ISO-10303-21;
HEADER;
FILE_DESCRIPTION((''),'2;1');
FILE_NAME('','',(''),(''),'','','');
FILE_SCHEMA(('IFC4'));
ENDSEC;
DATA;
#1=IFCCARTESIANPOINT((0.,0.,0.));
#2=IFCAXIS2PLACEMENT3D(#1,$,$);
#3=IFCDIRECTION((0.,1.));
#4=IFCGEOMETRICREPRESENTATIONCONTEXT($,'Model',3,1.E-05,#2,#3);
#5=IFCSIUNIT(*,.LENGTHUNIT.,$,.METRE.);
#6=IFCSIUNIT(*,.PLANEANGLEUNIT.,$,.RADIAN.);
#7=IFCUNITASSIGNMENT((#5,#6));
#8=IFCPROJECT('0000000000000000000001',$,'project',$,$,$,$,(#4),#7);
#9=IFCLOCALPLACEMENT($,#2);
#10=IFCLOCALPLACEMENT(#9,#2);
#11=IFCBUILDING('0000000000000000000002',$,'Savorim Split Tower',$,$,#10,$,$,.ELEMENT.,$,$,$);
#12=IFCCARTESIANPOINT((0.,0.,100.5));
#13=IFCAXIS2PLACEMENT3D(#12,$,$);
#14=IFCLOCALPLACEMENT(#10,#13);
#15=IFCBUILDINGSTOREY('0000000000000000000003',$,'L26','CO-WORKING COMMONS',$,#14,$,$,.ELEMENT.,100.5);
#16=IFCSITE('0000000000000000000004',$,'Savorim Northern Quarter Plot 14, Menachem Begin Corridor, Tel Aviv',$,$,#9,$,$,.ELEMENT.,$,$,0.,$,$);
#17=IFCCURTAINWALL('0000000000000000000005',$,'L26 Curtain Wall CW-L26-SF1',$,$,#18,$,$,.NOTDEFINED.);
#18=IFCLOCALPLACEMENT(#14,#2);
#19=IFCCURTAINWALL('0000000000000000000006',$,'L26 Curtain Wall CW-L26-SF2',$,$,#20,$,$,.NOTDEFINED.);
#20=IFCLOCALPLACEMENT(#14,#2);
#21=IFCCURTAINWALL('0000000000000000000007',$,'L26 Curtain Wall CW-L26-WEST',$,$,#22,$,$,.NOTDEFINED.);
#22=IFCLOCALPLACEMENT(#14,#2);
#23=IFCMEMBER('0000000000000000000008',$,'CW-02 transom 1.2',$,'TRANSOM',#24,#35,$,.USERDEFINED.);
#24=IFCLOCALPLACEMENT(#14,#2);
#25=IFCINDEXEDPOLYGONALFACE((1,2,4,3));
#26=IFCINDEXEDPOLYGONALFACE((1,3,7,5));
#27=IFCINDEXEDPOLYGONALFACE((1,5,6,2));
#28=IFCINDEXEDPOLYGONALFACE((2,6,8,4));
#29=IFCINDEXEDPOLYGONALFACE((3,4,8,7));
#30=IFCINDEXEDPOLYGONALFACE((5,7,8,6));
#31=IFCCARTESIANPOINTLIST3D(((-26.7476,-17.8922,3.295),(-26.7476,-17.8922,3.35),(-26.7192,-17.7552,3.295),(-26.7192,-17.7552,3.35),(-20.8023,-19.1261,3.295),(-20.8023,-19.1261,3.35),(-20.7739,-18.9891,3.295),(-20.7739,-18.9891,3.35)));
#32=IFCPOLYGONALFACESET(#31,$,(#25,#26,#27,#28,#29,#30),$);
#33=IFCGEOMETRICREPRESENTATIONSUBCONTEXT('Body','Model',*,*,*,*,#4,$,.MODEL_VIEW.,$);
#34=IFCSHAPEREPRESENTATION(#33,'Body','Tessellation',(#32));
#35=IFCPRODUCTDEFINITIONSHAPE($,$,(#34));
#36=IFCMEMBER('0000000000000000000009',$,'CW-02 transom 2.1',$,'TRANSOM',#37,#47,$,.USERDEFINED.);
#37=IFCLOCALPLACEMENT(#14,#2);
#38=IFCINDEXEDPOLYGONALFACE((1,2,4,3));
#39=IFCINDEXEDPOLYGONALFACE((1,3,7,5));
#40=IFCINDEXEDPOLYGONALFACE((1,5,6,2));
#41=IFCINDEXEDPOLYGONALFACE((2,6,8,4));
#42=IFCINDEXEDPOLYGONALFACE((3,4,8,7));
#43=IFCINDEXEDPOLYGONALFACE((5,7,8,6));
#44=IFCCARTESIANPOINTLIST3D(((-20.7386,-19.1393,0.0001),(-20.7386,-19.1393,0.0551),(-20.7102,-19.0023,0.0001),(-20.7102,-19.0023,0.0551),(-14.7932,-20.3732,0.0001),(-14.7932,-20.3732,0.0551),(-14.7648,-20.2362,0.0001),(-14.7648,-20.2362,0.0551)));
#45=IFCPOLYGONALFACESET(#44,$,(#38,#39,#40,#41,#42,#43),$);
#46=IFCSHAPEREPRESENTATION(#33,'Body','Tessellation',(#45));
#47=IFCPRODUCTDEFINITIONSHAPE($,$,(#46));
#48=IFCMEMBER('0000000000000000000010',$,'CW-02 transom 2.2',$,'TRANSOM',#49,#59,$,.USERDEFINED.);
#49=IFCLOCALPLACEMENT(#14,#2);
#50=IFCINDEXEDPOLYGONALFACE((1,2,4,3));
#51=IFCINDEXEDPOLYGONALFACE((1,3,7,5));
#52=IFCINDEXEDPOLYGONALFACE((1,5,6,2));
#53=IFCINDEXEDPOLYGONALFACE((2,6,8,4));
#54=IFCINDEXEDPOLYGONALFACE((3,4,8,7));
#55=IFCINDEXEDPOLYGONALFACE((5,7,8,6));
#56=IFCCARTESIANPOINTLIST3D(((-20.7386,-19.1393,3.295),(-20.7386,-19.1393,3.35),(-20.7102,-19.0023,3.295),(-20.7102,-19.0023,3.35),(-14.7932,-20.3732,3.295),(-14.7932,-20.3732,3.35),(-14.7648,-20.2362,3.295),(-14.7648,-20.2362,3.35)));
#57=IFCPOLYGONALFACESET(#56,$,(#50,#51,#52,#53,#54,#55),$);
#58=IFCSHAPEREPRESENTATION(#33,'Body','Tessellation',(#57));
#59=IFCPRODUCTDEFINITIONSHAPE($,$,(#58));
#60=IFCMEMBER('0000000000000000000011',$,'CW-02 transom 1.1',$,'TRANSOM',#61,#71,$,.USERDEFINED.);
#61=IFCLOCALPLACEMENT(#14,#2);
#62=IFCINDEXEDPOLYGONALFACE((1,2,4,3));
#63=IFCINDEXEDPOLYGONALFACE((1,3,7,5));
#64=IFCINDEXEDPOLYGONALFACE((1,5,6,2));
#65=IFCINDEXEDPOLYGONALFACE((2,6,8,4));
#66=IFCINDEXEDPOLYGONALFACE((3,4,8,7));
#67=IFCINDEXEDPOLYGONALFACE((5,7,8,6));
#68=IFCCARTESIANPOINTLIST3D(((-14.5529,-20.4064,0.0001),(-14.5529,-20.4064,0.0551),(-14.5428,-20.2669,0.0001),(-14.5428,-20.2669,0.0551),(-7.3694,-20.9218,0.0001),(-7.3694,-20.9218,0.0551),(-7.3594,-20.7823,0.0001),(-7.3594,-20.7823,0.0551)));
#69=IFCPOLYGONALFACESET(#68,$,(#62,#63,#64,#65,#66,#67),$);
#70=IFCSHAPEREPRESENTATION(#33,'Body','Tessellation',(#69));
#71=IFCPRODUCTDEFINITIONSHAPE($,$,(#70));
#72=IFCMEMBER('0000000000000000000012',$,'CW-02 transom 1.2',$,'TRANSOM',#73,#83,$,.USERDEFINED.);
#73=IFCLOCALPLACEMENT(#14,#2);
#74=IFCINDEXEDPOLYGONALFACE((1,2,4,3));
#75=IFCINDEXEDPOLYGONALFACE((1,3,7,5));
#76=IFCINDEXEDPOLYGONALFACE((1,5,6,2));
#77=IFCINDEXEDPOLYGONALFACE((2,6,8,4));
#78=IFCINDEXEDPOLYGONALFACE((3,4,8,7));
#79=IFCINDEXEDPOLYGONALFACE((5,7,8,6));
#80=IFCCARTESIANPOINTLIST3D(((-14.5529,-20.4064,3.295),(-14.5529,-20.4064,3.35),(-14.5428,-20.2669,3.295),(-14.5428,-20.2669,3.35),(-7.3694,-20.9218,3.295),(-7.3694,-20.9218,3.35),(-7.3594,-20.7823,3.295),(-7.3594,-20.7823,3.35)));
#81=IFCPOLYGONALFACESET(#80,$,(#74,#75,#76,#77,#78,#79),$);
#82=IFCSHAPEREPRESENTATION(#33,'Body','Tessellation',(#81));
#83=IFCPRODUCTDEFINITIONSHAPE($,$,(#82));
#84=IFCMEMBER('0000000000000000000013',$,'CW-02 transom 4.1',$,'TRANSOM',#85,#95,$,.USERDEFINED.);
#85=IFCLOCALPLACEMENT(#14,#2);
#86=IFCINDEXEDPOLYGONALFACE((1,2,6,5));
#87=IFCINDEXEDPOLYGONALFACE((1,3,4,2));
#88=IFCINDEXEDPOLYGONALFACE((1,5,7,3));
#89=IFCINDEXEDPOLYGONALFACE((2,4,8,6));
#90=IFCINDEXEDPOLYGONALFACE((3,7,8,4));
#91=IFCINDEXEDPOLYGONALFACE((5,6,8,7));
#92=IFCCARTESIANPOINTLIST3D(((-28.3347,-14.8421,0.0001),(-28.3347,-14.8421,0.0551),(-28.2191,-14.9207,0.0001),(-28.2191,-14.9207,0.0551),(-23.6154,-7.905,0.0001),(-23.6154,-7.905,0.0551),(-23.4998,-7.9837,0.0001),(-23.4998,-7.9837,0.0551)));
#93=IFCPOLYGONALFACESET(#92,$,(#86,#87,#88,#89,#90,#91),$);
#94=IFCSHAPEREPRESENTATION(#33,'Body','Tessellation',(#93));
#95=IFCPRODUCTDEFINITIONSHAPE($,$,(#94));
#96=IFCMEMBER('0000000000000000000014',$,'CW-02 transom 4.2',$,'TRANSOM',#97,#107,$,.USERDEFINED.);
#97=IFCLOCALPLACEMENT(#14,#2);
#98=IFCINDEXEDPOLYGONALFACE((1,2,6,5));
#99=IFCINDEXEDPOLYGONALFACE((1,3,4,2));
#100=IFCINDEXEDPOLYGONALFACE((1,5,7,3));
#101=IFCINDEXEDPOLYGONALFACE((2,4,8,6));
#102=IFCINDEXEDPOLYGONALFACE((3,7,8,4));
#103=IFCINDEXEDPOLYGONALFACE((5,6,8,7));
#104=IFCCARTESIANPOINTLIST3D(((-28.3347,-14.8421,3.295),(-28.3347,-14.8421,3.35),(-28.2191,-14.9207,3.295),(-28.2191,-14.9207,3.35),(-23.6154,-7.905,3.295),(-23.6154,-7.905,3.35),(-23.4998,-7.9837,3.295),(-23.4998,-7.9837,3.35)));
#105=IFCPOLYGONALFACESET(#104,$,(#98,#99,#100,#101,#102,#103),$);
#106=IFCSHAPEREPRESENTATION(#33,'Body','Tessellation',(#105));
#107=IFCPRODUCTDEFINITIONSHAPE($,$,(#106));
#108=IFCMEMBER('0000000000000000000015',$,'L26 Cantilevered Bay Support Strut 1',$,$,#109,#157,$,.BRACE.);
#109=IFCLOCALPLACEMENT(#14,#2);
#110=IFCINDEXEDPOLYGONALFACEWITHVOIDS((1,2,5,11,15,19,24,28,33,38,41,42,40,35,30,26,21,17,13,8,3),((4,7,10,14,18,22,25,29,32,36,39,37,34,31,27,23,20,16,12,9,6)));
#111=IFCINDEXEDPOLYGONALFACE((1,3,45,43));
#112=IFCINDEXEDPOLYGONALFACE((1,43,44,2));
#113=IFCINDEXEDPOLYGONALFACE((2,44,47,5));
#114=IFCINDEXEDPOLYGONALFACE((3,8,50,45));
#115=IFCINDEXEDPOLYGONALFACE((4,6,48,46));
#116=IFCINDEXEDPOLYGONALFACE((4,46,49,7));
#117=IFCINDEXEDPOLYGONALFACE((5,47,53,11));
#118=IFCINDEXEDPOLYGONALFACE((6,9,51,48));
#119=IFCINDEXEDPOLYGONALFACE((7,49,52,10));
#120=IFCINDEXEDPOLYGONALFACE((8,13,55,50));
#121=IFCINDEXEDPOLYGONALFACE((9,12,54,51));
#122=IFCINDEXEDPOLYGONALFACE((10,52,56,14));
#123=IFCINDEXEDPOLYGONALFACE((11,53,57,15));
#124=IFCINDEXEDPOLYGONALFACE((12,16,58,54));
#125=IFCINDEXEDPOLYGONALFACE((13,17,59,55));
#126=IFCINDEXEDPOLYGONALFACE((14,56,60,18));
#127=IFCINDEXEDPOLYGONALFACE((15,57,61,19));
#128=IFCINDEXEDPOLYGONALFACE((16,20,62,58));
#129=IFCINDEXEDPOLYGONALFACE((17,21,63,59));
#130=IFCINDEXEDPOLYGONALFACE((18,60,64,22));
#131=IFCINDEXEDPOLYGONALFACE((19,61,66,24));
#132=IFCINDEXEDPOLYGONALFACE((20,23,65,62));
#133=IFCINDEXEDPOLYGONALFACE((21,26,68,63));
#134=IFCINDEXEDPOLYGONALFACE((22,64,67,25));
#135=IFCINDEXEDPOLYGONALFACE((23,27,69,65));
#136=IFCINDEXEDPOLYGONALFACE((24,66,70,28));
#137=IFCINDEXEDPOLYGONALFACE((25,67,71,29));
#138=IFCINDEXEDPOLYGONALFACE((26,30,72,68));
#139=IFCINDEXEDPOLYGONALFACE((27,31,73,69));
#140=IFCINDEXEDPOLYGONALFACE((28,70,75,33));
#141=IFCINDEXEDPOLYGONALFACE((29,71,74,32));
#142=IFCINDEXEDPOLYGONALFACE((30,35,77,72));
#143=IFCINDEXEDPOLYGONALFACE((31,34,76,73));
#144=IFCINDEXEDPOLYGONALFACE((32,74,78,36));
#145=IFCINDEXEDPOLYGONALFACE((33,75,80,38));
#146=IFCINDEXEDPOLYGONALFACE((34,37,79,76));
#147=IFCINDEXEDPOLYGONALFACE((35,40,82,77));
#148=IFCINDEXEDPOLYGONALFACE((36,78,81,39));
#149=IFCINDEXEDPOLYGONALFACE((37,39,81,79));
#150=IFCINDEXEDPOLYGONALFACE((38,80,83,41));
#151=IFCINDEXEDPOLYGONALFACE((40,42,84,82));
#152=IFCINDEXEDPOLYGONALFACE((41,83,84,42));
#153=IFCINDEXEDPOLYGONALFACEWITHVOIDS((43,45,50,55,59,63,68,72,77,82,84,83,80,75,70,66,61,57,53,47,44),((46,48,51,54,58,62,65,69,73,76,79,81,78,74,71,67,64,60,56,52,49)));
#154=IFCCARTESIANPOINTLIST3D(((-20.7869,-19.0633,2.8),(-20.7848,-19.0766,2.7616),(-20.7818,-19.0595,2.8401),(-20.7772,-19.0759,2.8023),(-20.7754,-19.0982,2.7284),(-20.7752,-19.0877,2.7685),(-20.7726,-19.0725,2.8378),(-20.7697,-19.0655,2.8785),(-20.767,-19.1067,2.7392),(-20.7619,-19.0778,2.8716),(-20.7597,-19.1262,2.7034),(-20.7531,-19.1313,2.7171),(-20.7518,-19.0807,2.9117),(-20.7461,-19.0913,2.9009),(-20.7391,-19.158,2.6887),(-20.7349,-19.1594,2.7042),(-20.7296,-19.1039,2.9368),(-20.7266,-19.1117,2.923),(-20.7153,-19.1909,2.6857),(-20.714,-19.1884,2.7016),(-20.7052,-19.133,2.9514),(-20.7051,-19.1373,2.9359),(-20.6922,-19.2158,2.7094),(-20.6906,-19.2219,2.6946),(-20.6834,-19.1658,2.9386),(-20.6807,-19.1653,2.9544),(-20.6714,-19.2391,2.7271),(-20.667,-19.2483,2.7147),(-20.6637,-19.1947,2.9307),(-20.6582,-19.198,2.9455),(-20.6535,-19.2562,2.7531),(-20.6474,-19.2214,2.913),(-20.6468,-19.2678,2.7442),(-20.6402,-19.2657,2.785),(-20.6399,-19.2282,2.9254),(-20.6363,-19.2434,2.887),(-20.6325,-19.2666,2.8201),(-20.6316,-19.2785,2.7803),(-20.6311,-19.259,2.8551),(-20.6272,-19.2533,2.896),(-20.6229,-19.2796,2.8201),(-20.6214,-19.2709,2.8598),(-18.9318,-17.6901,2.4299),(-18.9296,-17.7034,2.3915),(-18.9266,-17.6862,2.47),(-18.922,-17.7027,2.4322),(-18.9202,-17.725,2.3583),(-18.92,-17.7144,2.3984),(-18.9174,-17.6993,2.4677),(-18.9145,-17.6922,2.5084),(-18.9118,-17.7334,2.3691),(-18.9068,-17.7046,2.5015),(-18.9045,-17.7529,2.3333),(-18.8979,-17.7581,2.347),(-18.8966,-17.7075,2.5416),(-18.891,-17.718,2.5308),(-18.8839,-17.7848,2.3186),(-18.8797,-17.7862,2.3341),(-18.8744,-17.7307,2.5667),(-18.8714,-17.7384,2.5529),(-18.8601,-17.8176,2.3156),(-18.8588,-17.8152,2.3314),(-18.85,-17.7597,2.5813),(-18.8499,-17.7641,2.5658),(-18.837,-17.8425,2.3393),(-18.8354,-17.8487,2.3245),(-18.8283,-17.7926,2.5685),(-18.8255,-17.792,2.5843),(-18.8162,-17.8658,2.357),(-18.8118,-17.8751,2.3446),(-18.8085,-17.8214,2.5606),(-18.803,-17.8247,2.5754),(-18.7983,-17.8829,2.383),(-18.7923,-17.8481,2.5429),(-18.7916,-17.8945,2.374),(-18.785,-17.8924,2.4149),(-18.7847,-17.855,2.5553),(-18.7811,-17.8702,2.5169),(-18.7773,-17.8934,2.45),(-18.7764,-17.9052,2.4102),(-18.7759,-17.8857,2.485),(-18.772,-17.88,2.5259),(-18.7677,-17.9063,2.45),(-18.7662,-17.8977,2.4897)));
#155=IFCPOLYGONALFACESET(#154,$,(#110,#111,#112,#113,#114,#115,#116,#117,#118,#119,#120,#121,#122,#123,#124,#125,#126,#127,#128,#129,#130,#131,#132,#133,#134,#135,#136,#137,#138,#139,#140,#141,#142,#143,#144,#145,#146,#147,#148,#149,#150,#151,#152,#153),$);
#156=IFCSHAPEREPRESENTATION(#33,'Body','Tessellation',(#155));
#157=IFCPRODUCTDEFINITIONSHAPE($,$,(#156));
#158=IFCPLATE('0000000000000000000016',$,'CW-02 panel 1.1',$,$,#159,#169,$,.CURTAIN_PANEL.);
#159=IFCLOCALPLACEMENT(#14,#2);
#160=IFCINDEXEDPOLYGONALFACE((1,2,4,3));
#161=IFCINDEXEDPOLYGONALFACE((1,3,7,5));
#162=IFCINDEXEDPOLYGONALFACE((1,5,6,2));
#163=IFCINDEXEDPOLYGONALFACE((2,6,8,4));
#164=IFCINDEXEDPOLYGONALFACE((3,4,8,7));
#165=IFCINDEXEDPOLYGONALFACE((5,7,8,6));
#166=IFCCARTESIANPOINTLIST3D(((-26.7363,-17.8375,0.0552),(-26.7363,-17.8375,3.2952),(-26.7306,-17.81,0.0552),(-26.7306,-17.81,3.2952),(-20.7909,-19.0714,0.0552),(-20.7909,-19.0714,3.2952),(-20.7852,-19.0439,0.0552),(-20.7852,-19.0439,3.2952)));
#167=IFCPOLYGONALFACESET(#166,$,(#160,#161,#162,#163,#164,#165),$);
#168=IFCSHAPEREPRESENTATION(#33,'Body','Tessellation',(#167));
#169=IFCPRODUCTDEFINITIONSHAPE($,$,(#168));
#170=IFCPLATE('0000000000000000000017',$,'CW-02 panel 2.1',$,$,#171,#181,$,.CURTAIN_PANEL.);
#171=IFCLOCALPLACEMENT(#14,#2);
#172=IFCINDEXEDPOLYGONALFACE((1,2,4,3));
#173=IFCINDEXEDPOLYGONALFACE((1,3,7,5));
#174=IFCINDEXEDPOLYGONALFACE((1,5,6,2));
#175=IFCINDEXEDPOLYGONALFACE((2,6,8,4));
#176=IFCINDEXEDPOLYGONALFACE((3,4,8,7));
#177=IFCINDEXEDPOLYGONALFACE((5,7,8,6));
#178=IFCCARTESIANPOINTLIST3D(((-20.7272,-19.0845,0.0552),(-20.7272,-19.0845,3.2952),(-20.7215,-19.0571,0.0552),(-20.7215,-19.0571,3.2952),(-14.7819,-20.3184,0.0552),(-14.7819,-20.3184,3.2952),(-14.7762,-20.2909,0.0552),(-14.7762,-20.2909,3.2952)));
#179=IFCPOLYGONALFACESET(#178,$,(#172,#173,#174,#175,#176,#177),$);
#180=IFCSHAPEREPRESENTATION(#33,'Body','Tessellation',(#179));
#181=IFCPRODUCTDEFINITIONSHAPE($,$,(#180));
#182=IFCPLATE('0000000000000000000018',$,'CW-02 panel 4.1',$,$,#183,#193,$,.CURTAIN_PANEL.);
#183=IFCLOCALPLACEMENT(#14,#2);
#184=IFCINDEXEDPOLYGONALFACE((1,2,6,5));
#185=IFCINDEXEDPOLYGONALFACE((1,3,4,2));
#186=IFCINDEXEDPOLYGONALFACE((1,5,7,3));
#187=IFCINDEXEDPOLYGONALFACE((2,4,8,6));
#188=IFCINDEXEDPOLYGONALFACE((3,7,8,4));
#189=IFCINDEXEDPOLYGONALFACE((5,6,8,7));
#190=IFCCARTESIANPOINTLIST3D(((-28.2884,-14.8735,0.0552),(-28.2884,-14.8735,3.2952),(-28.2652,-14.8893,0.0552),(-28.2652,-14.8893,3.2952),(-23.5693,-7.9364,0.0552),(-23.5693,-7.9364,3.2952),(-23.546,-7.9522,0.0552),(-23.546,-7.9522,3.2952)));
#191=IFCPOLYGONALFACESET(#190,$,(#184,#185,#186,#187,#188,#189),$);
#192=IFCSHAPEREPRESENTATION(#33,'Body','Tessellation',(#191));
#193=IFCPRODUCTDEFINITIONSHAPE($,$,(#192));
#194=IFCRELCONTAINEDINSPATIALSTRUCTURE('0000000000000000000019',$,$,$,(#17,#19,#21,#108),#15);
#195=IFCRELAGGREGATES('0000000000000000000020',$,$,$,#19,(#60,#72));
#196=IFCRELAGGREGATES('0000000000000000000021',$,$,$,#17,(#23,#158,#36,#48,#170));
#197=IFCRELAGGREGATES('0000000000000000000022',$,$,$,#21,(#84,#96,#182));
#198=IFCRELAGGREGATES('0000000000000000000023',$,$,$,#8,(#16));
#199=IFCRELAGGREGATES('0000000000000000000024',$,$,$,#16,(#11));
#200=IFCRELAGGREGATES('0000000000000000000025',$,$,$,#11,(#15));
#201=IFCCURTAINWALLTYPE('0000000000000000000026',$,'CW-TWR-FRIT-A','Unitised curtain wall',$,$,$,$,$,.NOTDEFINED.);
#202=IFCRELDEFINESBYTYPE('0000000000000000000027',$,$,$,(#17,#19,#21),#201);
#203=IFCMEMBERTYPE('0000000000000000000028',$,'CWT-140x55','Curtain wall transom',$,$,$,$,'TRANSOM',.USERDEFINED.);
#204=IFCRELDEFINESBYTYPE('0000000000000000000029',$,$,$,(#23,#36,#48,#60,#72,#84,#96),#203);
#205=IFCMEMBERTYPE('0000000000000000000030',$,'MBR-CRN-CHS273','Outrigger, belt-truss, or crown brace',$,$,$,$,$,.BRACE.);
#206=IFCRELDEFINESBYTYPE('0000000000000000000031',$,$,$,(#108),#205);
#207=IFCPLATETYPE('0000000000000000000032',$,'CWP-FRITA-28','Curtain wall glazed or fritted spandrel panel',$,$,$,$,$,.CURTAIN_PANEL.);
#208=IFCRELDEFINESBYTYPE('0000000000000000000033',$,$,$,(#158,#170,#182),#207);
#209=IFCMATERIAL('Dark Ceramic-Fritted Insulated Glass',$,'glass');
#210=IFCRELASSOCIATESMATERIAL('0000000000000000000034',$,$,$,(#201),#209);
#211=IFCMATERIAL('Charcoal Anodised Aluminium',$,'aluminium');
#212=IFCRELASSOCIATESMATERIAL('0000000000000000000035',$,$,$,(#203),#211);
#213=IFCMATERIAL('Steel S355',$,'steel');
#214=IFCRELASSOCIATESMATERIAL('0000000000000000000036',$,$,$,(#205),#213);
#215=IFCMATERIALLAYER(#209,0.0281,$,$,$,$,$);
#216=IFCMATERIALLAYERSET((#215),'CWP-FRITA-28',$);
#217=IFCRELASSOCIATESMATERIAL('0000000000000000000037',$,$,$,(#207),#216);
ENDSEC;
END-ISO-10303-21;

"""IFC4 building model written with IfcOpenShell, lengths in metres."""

from ifc_helpers import new_model, si_unit, direction, frame, origin, origin_2d, place, context, subcontext, project, spatial, rectangle, hollow_circle, extrude, material, layer, layer_set, material_profile, profile_set, type_object, element, aggregate, save


model = new_model("IFC4")

# Units and contexts
model_context = context("Model", 3, precision=1e-05, world=origin(), true_north=direction((0.0, 1.0)))
body_context = subcontext(model_context, "Body", "Model", "MODEL_VIEW")
ifc_project = project(units=[si_unit("LENGTHUNIT", "METRE"), si_unit("PLANEANGLEUNIT", "RADIAN")], contexts=[model_context])

# Site, building, storey
site_placement = place(None, origin())
site = spatial("IfcSite", under=ifc_project, at=site_placement, Name="Savorim Northern Quarter Plot 14, Menachem Begin Corridor, Tel Aviv", CompositionType="ELEMENT", RefElevation=0.0)
building_placement = place(site_placement, origin())
building = spatial("IfcBuilding", under=site, at=building_placement, Name="Savorim Split Tower", CompositionType="ELEMENT")
storey_placement = place(building_placement, frame((0.0, 0.0, 100.5)))
storey = spatial("IfcBuildingStorey", under=building, at=storey_placement, Name="L26", Description="CO-WORKING COMMONS", CompositionType="ELEMENT", Elevation=100.5)

# Shared definitions
ifc_material_1 = material(Name="Steel S355", Category="steel")

# Curtain wall
ifc_material_2 = material(Name="Dark Ceramic-Fritted Insulated Glass", Category="glass")
curtain_wall_type = type_object("IfcCurtainWallType", Name="CW-TWR-FRIT-A", Description="Unitised curtain wall", PredefinedType="NOTDEFINED", material=ifc_material_2)
curtain_wall_1_placement = place(storey_placement, origin())
curtain_wall_1 = element("IfcCurtainWall", 1, at=curtain_wall_1_placement, inside=storey, type_object=curtain_wall_type, Name="L26 Curtain Wall CW-L26-SF1", PredefinedType="NOTDEFINED")
ifc_material_3 = material(Name="Charcoal Anodised Aluminium", Category="aluminium")

# Curtain wall
curtain_wall_2_placement = place(storey_placement, origin())
curtain_wall_2 = element("IfcCurtainWall", 2, at=curtain_wall_2_placement, inside=storey, type_object=curtain_wall_type, Name="L26 Curtain Wall CW-L26-SF2", PredefinedType="NOTDEFINED")

# Curtain wall
curtain_wall_3_placement = place(storey_placement, origin())
curtain_wall_3 = element("IfcCurtainWall", 3, at=curtain_wall_3_placement, inside=storey, type_object=curtain_wall_type, Name="L26 Curtain Wall CW-L26-WEST", PredefinedType="NOTDEFINED")

# Members
ifc_material_profile_1 = material_profile(ifc_material_3, rectangle(XDim=0.1399, YDim=0.0549, at=origin_2d()), Name="ALU-T 140x55")
ifc_profile_set_1 = profile_set([ifc_material_profile_1], Name="Charcoal Anodised Aluminium")
member_type_1 = type_object("IfcMemberType", Name="CWT-140x55", Description="Curtain wall transom", ElementType="TRANSOM", PredefinedType="USERDEFINED", material=ifc_profile_set_1)
member_1_placement = place(storey_placement, frame((-26.7334, -17.8237, 3.3225), z_axis=(0.979135, -0.203209, 0.0), x_axis=(0.203209, 0.979135, 0.0)))
member_1 = element("IfcMember", 4, at=member_1_placement, type_object=member_type_1, Name="CW-02 transom 1.2", ObjectType="TRANSOM", PredefinedType="USERDEFINED", context=body_context, shape_type="SweptSolid", body=[
    extrude(rectangle(XDim=0.1399, YDim=0.0549, at=origin_2d()), origin(), (0.0, 0.0, 1.0), 6.072),
])
member_2_placement = place(storey_placement, frame((-20.7244, -19.0708, 0.0276), z_axis=(0.979135, -0.203209, 0.0), x_axis=(0.203209, 0.979135, 0.0)))
member_2 = element("IfcMember", 5, at=member_2_placement, type_object=member_type_1, Name="CW-02 transom 2.1", ObjectType="TRANSOM", PredefinedType="USERDEFINED", context=body_context, shape_type="SweptSolid", body=[
    extrude(rectangle(XDim=0.1399, YDim=0.0549, at=origin_2d()), origin(), (0.0, 0.0, 1.0), 6.072),
])
member_3_placement = place(storey_placement, frame((-20.7244, -19.0708, 3.3225), z_axis=(0.979135, -0.203209, 0.0), x_axis=(0.203209, 0.979135, 0.0)))
member_3 = element("IfcMember", 6, at=member_3_placement, type_object=member_type_1, Name="CW-02 transom 2.2", ObjectType="TRANSOM", PredefinedType="USERDEFINED", context=body_context, shape_type="SweptSolid", body=[
    extrude(rectangle(XDim=0.1399, YDim=0.0549, at=origin_2d()), origin(), (0.0, 0.0, 1.0), 6.072),
])
member_4_placement = place(storey_placement, frame((-14.5479, -20.3367, 0.0276), z_axis=(0.997436, -0.071563, 0.0), x_axis=(0.071563, 0.997436, 0.0)))
member_4 = element("IfcMember", 7, at=member_4_placement, type_object=member_type_1, Name="CW-02 transom 1.1", ObjectType="TRANSOM", PredefinedType="USERDEFINED", context=body_context, shape_type="SweptSolid", body=[
    extrude(rectangle(XDim=0.1399, YDim=0.0549, at=origin_2d()), origin(), (0.0, 0.0, 1.0), 7.2019),
])
member_5_placement = place(storey_placement, frame((-14.5479, -20.3367, 3.3225), z_axis=(0.997436, -0.071563, 0.0), x_axis=(0.071563, 0.997436, 0.0)))
member_5 = element("IfcMember", 8, at=member_5_placement, type_object=member_type_1, Name="CW-02 transom 1.2", ObjectType="TRANSOM", PredefinedType="USERDEFINED", context=body_context, shape_type="SweptSolid", body=[
    extrude(rectangle(XDim=0.1399, YDim=0.0549, at=origin_2d()), origin(), (0.0, 0.0, 1.0), 7.2019),
])
aggregate(curtain_wall_2, [member_4, member_5])
member_6_placement = place(storey_placement, frame((-23.5576, -7.9443, 0.0276), z_axis=(-0.562479, -0.826812, 0.0), x_axis=(0.826812, -0.562479, 0.0)))
member_6 = element("IfcMember", 9, at=member_6_placement, type_object=member_type_1, Name="CW-02 transom 4.1", ObjectType="TRANSOM", PredefinedType="USERDEFINED", context=body_context, shape_type="SweptSolid", body=[
    extrude(rectangle(XDim=0.1399, YDim=0.0549, at=origin_2d()), origin(), (0.0, 0.0, 1.0), 8.3901),
])
member_7_placement = place(storey_placement, frame((-23.5576, -7.9443, 3.3225), z_axis=(-0.562479, -0.826812, 0.0), x_axis=(0.826812, -0.562479, 0.0)))
member_7 = element("IfcMember", 10, at=member_7_placement, type_object=member_type_1, Name="CW-02 transom 4.2", ObjectType="TRANSOM", PredefinedType="USERDEFINED", context=body_context, shape_type="SweptSolid", body=[
    extrude(rectangle(XDim=0.1399, YDim=0.0549, at=origin_2d()), origin(), (0.0, 0.0, 1.0), 8.3901),
])
ifc_material_profile_2 = material_profile(ifc_material_1, hollow_circle(Radius=0.1365, WallThickness=0.0161, at=origin_2d()), Name="CHS 273x16")
ifc_profile_set_2 = profile_set([ifc_material_profile_2], Name="Steel S355")
member_type_2 = type_object("IfcMemberType", Name="MBR-CRN-CHS273", Description="Outrigger, belt-truss, or crown brace", PredefinedType="BRACE", material=ifc_profile_set_2)
member_8_placement = place(storey_placement, frame((-18.8489, -17.7966, 2.45), z_axis=(-0.793616, -0.587458, 0.158326), x_axis=(0.594962, -0.803754, 0.0)))
element("IfcMember", 11, at=member_8_placement, inside=storey, type_object=member_type_2, Name="L26 Cantilevered Bay Support Strut 1", PredefinedType="BRACE", context=body_context, shape_type="SweptSolid", body=[
    extrude(hollow_circle(Radius=0.1365, WallThickness=0.0161, at=origin_2d()), origin(), (0.0, 0.0, 1.0), 2.3376),
])

# Plates
ifc_layer_1 = layer(ifc_material_2, 0.0281)
ifc_layer_set_1 = layer_set([ifc_layer_1], Name="CWP-FRITA-28")
plate_type_1 = type_object("IfcPlateType", Name="CWP-FRITA-28", Description="Curtain wall glazed or fritted spandrel panel", PredefinedType="CURTAIN_PANEL", material=ifc_layer_set_1)
plate_1_placement = place(storey_placement, frame((-23.7607, -18.4407, 0.0552), z_axis=(0.0, 0.0, 1.0), x_axis=(0.979135, -0.20321, 0.0)))
plate_1 = element("IfcPlate", 12, at=plate_1_placement, type_object=plate_type_1, Name="CW-02 panel 1.1", PredefinedType="CURTAIN_PANEL", context=body_context, shape_type="SweptSolid", body=[
    extrude(rectangle(XDim=6.072, YDim=0.0281, at=origin_2d()), origin(), (0.0, 0.0, 1.0), 3.24),
])
plate_2_placement = place(storey_placement, frame((-17.7517, -19.6877, 0.0552), z_axis=(0.0, 0.0, 1.0), x_axis=(0.979135, -0.20321, 0.0)))
plate_2 = element("IfcPlate", 13, at=plate_2_placement, type_object=plate_type_1, Name="CW-02 panel 2.1", PredefinedType="CURTAIN_PANEL", context=body_context, shape_type="SweptSolid", body=[
    extrude(rectangle(XDim=6.072, YDim=0.0281, at=origin_2d()), origin(), (0.0, 0.0, 1.0), 3.24),
])
aggregate(curtain_wall_1, [member_1, plate_1, member_2, member_3, plate_2])
plate_3_placement = place(storey_placement, frame((-25.9172, -11.4128, 0.0552), z_axis=(0.0, 0.0, 1.0), x_axis=(-0.562468, -0.826819, 0.0)))
plate_3 = element("IfcPlate", 14, at=plate_3_placement, type_object=plate_type_1, Name="CW-02 panel 4.1", PredefinedType="CURTAIN_PANEL", context=body_context, shape_type="SweptSolid", body=[
    extrude(rectangle(XDim=8.3901, YDim=0.0281, at=origin_2d()), origin(), (0.0, 0.0, 1.0), 3.24),
])
aggregate(curtain_wall_3, [member_6, member_7, plate_3])

save(model, "model.ifc")
